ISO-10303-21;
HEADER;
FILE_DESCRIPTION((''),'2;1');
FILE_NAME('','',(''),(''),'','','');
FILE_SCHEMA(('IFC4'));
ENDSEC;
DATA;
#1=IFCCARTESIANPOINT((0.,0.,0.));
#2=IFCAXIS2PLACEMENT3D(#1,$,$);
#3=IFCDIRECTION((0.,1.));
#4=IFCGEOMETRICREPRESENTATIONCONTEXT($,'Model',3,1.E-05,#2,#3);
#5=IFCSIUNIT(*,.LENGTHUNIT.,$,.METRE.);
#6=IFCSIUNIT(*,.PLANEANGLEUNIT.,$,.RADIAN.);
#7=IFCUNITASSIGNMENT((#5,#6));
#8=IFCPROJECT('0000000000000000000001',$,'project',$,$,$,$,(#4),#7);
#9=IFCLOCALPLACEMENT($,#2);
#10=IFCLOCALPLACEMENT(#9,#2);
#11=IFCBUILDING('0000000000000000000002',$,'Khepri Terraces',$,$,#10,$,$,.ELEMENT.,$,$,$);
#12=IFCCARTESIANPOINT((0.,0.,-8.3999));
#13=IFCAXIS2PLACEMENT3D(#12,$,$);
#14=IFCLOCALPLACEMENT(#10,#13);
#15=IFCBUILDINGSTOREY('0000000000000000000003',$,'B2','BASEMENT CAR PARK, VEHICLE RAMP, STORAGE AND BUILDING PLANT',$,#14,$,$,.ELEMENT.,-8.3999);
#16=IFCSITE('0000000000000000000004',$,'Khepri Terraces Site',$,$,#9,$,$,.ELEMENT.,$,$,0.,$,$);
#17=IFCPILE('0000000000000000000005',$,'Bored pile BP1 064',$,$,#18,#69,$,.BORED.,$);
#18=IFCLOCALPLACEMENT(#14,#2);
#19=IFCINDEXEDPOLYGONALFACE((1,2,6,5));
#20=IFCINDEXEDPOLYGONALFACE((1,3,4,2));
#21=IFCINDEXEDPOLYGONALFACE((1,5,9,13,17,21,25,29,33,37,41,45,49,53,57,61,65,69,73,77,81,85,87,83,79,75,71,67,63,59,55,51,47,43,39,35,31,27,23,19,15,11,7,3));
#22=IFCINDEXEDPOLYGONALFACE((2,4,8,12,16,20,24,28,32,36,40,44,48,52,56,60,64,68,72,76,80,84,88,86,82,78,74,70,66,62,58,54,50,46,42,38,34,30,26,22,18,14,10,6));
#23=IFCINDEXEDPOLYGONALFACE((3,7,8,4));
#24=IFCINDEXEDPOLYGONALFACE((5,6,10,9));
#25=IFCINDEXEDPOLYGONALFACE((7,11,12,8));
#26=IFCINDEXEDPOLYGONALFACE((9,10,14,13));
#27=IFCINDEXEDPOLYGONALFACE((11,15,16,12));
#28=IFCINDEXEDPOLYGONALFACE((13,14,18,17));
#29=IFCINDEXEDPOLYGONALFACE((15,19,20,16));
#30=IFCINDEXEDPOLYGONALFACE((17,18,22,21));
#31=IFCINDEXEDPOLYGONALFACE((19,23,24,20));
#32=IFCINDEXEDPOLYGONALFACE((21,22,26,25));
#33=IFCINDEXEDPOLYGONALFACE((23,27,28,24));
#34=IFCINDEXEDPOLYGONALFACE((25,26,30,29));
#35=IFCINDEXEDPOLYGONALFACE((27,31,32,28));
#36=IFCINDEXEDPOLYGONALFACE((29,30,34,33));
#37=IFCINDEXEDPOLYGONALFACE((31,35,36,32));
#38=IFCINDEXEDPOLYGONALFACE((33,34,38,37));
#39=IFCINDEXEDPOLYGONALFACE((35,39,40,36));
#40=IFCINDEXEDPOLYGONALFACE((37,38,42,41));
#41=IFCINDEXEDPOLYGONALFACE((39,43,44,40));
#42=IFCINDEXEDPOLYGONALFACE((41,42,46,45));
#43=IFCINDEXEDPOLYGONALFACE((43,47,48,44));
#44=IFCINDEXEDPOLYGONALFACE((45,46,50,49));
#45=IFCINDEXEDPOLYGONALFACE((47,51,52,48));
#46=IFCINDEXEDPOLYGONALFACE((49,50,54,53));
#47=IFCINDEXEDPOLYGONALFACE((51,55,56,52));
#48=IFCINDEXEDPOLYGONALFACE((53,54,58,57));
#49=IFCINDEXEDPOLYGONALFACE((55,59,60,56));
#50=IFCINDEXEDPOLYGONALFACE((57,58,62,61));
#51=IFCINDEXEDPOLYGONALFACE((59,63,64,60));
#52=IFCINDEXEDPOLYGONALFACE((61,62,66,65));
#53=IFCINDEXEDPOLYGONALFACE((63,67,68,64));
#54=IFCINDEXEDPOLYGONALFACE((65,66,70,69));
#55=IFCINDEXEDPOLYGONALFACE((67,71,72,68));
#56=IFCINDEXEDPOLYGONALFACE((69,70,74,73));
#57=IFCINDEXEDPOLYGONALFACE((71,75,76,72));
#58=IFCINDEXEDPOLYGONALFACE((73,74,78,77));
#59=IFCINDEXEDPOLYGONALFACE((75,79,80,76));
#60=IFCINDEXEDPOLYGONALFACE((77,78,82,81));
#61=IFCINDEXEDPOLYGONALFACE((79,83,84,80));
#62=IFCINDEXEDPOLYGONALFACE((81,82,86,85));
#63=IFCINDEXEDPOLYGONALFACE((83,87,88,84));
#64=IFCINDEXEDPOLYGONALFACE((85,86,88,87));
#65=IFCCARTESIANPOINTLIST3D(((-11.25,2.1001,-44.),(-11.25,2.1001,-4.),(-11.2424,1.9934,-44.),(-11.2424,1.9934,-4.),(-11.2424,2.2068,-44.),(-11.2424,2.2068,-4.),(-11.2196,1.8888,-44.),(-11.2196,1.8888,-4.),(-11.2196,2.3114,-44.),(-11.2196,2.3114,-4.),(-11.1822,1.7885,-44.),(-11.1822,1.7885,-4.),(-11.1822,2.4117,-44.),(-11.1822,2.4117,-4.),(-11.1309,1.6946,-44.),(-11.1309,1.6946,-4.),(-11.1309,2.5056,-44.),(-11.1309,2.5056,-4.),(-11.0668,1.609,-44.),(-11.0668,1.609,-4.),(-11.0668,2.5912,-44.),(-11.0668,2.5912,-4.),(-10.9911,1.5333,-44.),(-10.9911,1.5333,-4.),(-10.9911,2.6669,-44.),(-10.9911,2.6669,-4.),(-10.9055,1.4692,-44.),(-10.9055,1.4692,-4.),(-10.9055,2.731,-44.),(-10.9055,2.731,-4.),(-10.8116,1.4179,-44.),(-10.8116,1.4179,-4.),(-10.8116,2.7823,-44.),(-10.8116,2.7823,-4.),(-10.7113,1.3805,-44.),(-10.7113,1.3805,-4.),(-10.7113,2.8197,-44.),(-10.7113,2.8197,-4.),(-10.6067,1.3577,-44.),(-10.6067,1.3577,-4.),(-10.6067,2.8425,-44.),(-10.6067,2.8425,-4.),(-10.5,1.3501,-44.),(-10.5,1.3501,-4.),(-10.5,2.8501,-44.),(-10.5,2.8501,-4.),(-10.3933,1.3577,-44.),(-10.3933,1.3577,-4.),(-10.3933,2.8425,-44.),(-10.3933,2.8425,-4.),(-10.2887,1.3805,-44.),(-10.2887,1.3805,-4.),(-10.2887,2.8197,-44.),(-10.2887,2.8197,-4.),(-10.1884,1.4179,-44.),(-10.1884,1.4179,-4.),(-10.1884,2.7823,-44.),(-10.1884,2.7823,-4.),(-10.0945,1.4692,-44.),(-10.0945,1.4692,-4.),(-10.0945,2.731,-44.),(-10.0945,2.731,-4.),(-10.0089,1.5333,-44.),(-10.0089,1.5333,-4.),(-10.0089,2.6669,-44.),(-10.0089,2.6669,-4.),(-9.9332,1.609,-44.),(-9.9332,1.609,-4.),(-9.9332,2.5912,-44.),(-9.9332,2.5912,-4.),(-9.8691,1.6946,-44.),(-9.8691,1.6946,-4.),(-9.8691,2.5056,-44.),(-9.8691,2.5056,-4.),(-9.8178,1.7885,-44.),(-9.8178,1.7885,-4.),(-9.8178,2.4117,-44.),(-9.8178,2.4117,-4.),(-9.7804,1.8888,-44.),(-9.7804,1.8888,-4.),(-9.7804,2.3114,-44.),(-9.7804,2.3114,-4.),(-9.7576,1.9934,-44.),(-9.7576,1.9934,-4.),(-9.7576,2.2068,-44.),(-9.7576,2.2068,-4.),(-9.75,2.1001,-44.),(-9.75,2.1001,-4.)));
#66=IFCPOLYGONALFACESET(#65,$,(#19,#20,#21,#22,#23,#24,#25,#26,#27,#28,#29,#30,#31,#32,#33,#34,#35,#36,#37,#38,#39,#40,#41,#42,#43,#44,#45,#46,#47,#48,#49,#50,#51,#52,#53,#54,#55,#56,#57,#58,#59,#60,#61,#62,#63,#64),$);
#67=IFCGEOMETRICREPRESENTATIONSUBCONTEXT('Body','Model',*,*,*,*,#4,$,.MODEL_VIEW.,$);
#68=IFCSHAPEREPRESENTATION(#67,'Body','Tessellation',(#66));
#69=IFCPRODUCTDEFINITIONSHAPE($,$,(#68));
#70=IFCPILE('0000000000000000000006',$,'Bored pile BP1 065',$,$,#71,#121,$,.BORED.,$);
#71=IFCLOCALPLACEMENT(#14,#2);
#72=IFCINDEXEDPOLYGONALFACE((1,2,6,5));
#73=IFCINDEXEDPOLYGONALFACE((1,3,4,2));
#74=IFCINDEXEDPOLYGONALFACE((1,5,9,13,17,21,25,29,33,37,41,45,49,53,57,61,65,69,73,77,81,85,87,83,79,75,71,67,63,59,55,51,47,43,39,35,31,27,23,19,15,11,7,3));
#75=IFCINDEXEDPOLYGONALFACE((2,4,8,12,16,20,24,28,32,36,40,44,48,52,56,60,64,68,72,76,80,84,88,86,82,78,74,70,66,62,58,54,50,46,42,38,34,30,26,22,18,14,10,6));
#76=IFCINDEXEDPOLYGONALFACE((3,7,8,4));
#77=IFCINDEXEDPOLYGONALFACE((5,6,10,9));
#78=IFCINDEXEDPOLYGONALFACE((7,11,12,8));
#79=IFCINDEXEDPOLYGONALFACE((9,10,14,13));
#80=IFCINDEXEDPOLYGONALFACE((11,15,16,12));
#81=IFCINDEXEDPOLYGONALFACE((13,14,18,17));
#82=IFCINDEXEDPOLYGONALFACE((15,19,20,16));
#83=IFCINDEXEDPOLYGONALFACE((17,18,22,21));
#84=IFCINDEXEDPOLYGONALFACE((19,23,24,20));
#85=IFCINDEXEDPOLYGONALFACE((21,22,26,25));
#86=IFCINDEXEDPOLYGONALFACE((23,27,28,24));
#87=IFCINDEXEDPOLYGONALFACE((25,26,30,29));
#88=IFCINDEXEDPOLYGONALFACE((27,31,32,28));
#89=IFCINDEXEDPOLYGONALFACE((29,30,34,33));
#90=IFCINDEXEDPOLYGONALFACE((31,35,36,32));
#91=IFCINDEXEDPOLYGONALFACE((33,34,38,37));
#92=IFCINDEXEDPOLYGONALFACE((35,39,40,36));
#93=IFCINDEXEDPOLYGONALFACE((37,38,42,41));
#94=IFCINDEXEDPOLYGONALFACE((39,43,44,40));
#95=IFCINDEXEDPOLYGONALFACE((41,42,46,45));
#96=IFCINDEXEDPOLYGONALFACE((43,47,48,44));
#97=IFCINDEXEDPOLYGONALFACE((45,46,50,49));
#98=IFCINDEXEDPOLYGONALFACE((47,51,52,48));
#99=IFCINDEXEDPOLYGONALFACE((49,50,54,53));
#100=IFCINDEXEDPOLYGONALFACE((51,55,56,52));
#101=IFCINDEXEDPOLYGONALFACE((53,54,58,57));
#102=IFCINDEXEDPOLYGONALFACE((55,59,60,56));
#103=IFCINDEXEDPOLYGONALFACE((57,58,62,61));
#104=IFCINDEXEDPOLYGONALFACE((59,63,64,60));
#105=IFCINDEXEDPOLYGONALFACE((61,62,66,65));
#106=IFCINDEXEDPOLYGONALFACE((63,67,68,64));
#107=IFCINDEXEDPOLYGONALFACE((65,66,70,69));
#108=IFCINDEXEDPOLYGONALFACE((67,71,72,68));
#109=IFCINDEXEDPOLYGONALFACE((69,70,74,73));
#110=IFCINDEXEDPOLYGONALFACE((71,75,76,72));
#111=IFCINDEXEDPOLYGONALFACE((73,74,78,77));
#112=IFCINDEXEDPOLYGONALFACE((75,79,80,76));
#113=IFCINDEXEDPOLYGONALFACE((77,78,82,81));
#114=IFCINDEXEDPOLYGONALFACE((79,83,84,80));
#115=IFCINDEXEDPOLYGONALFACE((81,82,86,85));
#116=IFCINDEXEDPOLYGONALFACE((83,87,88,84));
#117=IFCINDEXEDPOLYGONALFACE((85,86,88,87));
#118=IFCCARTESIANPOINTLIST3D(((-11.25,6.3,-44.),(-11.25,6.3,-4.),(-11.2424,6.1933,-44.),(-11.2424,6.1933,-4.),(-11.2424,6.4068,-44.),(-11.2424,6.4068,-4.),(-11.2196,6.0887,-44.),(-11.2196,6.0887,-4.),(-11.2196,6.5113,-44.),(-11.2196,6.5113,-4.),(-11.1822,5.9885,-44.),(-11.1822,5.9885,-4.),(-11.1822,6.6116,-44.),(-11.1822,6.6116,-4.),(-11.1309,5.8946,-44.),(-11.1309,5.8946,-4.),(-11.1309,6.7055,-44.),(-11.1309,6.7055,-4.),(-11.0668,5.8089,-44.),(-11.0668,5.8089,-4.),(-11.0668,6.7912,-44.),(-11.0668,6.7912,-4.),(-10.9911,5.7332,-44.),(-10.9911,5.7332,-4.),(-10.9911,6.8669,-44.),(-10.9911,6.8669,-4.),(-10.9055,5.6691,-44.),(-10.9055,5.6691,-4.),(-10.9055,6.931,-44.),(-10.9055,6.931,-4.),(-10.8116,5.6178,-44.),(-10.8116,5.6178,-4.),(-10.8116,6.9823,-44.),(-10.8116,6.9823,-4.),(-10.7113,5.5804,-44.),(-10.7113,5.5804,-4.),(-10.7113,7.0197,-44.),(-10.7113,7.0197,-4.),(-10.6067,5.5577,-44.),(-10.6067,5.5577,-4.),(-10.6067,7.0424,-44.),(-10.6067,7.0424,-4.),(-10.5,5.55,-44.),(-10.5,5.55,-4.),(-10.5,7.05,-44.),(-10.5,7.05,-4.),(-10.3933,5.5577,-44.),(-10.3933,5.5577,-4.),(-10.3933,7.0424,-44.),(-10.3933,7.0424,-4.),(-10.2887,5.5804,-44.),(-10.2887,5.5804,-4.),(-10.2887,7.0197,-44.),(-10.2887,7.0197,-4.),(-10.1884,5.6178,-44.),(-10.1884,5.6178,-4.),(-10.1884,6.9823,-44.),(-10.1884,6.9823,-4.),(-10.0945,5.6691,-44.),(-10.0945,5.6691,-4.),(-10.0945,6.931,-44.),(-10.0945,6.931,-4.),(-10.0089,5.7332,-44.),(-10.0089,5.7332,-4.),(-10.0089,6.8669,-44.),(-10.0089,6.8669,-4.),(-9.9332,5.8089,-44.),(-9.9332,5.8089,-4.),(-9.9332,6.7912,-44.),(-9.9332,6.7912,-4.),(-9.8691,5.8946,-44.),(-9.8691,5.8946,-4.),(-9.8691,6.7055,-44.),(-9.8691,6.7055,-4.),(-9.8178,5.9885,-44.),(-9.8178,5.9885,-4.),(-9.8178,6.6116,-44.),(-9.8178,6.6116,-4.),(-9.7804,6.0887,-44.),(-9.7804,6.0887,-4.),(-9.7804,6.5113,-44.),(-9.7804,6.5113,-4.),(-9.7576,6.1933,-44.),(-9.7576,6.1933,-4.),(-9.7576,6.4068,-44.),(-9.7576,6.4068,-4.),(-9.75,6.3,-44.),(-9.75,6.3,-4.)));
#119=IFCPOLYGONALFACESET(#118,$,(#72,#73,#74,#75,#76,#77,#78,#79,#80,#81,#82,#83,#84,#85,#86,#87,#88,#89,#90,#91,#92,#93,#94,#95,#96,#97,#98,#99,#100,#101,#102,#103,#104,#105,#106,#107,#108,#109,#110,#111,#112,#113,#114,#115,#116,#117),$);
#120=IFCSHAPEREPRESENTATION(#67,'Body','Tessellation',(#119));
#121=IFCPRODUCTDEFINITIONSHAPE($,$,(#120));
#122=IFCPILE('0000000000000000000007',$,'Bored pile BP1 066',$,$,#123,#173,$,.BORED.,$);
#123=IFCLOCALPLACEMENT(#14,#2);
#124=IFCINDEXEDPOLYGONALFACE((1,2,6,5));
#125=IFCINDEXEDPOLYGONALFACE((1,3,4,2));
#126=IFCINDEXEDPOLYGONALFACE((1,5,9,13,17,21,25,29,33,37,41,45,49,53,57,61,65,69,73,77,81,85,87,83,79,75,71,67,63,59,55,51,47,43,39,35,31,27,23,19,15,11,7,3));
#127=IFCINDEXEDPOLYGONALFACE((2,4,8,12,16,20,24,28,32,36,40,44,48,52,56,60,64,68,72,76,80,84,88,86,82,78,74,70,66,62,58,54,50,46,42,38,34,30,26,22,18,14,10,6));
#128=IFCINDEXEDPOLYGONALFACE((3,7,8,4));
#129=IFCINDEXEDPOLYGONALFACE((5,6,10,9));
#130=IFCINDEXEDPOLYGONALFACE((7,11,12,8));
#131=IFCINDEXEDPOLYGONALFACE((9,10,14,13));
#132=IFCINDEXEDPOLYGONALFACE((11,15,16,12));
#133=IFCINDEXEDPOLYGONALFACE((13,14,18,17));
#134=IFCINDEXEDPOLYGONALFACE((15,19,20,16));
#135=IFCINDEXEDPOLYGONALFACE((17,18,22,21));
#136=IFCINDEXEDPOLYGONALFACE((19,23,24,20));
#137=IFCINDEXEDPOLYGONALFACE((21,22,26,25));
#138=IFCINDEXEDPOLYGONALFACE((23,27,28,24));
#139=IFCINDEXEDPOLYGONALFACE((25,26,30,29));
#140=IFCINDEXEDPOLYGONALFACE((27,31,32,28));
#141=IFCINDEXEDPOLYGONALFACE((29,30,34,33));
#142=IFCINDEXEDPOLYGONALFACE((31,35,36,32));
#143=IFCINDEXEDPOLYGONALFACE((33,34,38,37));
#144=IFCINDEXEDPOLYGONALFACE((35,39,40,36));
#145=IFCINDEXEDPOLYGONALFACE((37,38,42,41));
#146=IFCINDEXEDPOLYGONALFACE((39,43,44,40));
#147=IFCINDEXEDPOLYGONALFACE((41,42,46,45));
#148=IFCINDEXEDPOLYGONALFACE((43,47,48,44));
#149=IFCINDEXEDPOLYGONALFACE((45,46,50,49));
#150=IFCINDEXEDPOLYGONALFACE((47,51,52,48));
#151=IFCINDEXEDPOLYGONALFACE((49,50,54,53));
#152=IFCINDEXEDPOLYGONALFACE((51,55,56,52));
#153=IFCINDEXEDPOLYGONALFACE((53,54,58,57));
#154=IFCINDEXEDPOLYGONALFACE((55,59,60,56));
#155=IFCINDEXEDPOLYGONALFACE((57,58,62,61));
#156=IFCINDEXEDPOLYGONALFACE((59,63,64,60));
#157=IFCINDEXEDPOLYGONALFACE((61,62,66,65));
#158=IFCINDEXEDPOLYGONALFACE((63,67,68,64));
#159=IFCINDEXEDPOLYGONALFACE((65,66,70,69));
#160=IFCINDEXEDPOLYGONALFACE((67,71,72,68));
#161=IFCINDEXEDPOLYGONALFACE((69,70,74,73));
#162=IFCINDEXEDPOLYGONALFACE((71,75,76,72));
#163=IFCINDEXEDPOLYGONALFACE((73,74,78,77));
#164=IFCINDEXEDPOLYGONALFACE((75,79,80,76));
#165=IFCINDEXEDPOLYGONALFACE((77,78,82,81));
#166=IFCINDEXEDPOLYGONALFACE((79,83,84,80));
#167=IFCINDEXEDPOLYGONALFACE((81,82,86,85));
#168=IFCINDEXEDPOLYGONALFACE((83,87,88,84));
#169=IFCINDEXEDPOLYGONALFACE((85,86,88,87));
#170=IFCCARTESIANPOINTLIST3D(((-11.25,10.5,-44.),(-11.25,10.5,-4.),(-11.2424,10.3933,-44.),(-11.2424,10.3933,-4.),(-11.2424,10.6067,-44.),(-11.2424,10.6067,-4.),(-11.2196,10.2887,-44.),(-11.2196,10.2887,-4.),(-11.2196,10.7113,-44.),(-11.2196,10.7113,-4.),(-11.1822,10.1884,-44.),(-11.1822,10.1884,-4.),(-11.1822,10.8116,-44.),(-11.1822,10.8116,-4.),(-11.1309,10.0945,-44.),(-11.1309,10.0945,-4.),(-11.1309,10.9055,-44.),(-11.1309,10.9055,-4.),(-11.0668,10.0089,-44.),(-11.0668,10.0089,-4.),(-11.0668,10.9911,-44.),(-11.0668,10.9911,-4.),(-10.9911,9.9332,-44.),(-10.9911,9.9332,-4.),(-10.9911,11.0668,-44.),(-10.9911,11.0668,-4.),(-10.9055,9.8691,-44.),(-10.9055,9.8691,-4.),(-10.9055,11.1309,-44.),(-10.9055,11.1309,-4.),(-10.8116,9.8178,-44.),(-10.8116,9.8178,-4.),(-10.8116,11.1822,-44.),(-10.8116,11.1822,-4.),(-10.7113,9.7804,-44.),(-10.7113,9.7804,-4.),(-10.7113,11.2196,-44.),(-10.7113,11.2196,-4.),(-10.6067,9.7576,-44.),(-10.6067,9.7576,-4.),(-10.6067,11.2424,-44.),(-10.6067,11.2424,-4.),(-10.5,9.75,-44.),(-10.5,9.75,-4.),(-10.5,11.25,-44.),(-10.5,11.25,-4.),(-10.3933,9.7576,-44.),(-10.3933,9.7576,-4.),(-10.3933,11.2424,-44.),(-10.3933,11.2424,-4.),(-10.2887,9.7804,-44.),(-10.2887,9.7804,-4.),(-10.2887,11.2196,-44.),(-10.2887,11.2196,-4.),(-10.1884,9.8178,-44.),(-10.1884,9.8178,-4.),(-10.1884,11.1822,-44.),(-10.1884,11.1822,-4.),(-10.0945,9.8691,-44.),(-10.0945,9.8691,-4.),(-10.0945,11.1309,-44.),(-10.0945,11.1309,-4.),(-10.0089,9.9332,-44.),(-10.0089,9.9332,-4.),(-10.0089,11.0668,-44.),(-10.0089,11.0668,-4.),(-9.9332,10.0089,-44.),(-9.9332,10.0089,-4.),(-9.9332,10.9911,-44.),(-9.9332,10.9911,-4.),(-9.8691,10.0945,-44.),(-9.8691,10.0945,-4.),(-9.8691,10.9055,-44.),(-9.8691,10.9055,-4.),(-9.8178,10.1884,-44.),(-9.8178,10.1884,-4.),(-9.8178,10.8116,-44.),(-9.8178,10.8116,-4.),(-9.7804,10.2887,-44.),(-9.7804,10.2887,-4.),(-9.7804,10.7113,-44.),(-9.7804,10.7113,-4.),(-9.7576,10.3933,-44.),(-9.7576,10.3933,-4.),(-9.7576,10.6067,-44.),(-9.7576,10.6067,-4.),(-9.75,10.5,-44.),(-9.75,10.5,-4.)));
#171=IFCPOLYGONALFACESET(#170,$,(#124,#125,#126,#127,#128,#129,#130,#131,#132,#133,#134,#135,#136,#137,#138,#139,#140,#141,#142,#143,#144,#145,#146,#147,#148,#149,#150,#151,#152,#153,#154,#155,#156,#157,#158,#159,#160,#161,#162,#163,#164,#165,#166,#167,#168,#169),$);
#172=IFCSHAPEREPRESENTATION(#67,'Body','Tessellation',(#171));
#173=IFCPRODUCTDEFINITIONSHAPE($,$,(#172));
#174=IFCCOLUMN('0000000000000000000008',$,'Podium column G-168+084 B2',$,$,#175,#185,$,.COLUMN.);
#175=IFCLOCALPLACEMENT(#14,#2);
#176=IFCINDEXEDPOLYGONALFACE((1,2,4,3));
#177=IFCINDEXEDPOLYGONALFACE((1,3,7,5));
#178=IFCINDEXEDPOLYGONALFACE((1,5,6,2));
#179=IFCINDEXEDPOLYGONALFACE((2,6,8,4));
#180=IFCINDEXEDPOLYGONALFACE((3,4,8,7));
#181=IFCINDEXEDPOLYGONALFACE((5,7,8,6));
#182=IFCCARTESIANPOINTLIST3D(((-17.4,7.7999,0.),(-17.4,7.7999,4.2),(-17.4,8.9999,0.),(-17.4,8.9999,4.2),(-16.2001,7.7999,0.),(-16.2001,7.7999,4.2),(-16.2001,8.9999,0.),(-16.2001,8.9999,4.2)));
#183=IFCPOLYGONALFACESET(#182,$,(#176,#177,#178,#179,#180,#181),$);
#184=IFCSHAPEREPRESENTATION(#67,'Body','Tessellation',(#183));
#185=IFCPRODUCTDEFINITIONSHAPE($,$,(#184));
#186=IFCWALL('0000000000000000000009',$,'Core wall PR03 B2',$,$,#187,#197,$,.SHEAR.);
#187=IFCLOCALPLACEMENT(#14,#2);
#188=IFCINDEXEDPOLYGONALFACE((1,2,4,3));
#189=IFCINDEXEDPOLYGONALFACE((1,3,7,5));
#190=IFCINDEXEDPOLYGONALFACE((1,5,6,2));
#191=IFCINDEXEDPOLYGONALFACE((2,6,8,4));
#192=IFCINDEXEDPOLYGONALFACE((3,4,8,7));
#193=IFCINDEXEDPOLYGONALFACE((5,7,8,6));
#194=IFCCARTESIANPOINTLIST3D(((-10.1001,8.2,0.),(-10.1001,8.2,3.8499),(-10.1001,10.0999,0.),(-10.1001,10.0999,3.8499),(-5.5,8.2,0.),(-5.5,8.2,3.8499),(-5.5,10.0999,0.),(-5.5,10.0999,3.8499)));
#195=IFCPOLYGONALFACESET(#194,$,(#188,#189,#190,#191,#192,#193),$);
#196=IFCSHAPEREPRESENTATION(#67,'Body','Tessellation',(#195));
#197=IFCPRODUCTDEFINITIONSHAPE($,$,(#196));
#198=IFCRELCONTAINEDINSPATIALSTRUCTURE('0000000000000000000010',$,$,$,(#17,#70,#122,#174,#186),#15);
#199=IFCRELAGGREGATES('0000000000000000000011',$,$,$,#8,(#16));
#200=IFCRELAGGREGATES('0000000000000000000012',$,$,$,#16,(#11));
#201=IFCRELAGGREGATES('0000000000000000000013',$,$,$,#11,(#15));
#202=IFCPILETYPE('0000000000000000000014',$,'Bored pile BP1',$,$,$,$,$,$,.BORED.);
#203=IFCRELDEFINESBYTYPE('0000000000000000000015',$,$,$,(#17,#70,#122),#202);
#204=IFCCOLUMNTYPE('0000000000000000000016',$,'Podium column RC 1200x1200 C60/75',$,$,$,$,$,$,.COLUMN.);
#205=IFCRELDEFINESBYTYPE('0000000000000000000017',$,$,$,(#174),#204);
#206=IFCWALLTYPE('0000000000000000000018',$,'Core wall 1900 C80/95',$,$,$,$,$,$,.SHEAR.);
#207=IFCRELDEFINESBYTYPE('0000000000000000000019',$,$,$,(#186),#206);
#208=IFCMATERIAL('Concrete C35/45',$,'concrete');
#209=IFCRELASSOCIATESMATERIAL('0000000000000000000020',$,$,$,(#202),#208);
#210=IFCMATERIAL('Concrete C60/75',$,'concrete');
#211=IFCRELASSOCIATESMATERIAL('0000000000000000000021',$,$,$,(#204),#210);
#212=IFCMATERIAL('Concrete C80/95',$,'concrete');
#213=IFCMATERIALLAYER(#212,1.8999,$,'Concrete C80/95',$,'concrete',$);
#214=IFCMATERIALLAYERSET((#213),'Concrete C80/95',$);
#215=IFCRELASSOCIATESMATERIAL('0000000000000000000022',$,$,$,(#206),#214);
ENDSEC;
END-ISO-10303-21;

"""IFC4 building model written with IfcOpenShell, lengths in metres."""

from ifc_helpers import new_model, si_unit, direction, frame, frame_2d, origin, origin_2d, place, context, subcontext, project, spatial, rectangle, circle, extrude, material, layer, layer_set, material_profile, profile_set, type_object, element, save


model = new_model("IFC4")

# Units and contexts
model_context = context("Model", 3, precision=1e-05, world=origin(), true_north=direction((0.0, 1.0)))
body_context = subcontext(model_context, "Body", "Model", "MODEL_VIEW")
ifc_project = project(units=[si_unit("LENGTHUNIT", "METRE"), si_unit("PLANEANGLEUNIT", "RADIAN")], contexts=[model_context])

# Site, building, storey
site_placement = place(None, origin())
site = spatial("IfcSite", under=ifc_project, at=site_placement, Name="Khepri Terraces Site", CompositionType="ELEMENT", RefElevation=0.0)
building_placement = place(site_placement, origin())
building = spatial("IfcBuilding", under=site, at=building_placement, Name="Khepri Terraces", CompositionType="ELEMENT")
storey_placement = place(building_placement, frame((0.0, 0.0, -8.3999)))
storey = spatial("IfcBuildingStorey", under=building, at=storey_placement, Name="B2", Description="BASEMENT CAR PARK, VEHICLE RAMP, STORAGE AND BUILDING PLANT", CompositionType="ELEMENT", Elevation=-8.3999)

# Piles
ifc_material_1 = material(Name="Concrete C35/45", Category="concrete")
ifc_material_profile_1 = material_profile(ifc_material_1, circle(Radius=0.75, at=origin_2d()), Name="Concrete C35/45", Category="concrete")
ifc_profile_set_1 = profile_set([ifc_material_profile_1], Name="Concrete C35/45")
pile_type = type_object("IfcPileType", Name="Bored pile BP1", PredefinedType="BORED", material=ifc_profile_set_1)
for number, where, z_axis, x_axis, name in (
    (1, (-10.5, 2.1001, -4.0), (0.0, 0.0, -1.0), (1.0, 0.0, 0.0), "Bored pile BP1 064"),
    (2, (-10.5, 6.3, -4.0), (0.0, 0.0, -1.0), (1.0, 0.0, 0.0), "Bored pile BP1 065"),
    (3, (-10.5, 10.5, -4.0), (0.0, 0.0, -1.0), (1.0, 0.0, 0.0), "Bored pile BP1 066"),
):
    element("IfcPile", number, at=place(storey_placement, frame(where, z_axis=z_axis, x_axis=x_axis)), inside=storey, type_object=pile_type, Name=name, PredefinedType="BORED", context=body_context, shape_type="SweptSolid", body=[
        extrude(circle(Radius=0.75, at=origin_2d()), origin(), (0.0, 0.0, 1.0), 40.0),
    ])

# Column
ifc_material_2 = material(Name="Concrete C60/75", Category="concrete")
ifc_material_profile_2 = material_profile(ifc_material_2, rectangle(XDim=1.2, YDim=1.2, at=origin_2d()), Name="Concrete C60/75", Category="concrete")
ifc_profile_set_2 = profile_set([ifc_material_profile_2], Name="Concrete C60/75")
column_type = type_object("IfcColumnType", Name="Podium column RC 1200x1200 C60/75", PredefinedType="COLUMN", material=ifc_profile_set_2)
column_placement = place(storey_placement, frame((-16.8, 8.3999, 0.0), z_axis=(0.0, 0.0, 1.0), x_axis=(1.0, 0.0, 0.0)))
element("IfcColumn", 4, at=column_placement, inside=storey, type_object=column_type, Name="Podium column G-168+084 B2", PredefinedType="COLUMN", context=body_context, shape_type="SweptSolid", body=[
    extrude(rectangle(XDim=1.2, YDim=1.2, at=origin_2d()), origin(), (0.0, 0.0, 1.0), 4.2),
])

# Wall
ifc_material_3 = material(Name="Concrete C80/95", Category="concrete")
ifc_layer_1 = layer(ifc_material_3, 1.8999, Name="Concrete C80/95", Category="concrete")
ifc_layer_set_1 = layer_set([ifc_layer_1], Name="Concrete C80/95")
wall_type_1 = type_object("IfcWallType", Name="Core wall 1900 C80/95", PredefinedType="SHEAR", material=ifc_layer_set_1)
wall_1_placement = place(storey_placement, frame((-10.1001, 9.1499, 0.0), z_axis=(0.0, 0.0, 1.0), x_axis=(1.0, 0.0, 0.0)))
element("IfcWall", 5, at=wall_1_placement, inside=storey, type_object=wall_type_1, Name="Core wall PR03 B2", PredefinedType="SHEAR", context=body_context, shape_type="SweptSolid", body=[
    extrude(rectangle(XDim=4.6001, YDim=1.8999, at=frame_2d((2.3, 0.0))), origin(), (0.0, 0.0, 1.0), 3.8499),
])

save(model, "model.ifc")
